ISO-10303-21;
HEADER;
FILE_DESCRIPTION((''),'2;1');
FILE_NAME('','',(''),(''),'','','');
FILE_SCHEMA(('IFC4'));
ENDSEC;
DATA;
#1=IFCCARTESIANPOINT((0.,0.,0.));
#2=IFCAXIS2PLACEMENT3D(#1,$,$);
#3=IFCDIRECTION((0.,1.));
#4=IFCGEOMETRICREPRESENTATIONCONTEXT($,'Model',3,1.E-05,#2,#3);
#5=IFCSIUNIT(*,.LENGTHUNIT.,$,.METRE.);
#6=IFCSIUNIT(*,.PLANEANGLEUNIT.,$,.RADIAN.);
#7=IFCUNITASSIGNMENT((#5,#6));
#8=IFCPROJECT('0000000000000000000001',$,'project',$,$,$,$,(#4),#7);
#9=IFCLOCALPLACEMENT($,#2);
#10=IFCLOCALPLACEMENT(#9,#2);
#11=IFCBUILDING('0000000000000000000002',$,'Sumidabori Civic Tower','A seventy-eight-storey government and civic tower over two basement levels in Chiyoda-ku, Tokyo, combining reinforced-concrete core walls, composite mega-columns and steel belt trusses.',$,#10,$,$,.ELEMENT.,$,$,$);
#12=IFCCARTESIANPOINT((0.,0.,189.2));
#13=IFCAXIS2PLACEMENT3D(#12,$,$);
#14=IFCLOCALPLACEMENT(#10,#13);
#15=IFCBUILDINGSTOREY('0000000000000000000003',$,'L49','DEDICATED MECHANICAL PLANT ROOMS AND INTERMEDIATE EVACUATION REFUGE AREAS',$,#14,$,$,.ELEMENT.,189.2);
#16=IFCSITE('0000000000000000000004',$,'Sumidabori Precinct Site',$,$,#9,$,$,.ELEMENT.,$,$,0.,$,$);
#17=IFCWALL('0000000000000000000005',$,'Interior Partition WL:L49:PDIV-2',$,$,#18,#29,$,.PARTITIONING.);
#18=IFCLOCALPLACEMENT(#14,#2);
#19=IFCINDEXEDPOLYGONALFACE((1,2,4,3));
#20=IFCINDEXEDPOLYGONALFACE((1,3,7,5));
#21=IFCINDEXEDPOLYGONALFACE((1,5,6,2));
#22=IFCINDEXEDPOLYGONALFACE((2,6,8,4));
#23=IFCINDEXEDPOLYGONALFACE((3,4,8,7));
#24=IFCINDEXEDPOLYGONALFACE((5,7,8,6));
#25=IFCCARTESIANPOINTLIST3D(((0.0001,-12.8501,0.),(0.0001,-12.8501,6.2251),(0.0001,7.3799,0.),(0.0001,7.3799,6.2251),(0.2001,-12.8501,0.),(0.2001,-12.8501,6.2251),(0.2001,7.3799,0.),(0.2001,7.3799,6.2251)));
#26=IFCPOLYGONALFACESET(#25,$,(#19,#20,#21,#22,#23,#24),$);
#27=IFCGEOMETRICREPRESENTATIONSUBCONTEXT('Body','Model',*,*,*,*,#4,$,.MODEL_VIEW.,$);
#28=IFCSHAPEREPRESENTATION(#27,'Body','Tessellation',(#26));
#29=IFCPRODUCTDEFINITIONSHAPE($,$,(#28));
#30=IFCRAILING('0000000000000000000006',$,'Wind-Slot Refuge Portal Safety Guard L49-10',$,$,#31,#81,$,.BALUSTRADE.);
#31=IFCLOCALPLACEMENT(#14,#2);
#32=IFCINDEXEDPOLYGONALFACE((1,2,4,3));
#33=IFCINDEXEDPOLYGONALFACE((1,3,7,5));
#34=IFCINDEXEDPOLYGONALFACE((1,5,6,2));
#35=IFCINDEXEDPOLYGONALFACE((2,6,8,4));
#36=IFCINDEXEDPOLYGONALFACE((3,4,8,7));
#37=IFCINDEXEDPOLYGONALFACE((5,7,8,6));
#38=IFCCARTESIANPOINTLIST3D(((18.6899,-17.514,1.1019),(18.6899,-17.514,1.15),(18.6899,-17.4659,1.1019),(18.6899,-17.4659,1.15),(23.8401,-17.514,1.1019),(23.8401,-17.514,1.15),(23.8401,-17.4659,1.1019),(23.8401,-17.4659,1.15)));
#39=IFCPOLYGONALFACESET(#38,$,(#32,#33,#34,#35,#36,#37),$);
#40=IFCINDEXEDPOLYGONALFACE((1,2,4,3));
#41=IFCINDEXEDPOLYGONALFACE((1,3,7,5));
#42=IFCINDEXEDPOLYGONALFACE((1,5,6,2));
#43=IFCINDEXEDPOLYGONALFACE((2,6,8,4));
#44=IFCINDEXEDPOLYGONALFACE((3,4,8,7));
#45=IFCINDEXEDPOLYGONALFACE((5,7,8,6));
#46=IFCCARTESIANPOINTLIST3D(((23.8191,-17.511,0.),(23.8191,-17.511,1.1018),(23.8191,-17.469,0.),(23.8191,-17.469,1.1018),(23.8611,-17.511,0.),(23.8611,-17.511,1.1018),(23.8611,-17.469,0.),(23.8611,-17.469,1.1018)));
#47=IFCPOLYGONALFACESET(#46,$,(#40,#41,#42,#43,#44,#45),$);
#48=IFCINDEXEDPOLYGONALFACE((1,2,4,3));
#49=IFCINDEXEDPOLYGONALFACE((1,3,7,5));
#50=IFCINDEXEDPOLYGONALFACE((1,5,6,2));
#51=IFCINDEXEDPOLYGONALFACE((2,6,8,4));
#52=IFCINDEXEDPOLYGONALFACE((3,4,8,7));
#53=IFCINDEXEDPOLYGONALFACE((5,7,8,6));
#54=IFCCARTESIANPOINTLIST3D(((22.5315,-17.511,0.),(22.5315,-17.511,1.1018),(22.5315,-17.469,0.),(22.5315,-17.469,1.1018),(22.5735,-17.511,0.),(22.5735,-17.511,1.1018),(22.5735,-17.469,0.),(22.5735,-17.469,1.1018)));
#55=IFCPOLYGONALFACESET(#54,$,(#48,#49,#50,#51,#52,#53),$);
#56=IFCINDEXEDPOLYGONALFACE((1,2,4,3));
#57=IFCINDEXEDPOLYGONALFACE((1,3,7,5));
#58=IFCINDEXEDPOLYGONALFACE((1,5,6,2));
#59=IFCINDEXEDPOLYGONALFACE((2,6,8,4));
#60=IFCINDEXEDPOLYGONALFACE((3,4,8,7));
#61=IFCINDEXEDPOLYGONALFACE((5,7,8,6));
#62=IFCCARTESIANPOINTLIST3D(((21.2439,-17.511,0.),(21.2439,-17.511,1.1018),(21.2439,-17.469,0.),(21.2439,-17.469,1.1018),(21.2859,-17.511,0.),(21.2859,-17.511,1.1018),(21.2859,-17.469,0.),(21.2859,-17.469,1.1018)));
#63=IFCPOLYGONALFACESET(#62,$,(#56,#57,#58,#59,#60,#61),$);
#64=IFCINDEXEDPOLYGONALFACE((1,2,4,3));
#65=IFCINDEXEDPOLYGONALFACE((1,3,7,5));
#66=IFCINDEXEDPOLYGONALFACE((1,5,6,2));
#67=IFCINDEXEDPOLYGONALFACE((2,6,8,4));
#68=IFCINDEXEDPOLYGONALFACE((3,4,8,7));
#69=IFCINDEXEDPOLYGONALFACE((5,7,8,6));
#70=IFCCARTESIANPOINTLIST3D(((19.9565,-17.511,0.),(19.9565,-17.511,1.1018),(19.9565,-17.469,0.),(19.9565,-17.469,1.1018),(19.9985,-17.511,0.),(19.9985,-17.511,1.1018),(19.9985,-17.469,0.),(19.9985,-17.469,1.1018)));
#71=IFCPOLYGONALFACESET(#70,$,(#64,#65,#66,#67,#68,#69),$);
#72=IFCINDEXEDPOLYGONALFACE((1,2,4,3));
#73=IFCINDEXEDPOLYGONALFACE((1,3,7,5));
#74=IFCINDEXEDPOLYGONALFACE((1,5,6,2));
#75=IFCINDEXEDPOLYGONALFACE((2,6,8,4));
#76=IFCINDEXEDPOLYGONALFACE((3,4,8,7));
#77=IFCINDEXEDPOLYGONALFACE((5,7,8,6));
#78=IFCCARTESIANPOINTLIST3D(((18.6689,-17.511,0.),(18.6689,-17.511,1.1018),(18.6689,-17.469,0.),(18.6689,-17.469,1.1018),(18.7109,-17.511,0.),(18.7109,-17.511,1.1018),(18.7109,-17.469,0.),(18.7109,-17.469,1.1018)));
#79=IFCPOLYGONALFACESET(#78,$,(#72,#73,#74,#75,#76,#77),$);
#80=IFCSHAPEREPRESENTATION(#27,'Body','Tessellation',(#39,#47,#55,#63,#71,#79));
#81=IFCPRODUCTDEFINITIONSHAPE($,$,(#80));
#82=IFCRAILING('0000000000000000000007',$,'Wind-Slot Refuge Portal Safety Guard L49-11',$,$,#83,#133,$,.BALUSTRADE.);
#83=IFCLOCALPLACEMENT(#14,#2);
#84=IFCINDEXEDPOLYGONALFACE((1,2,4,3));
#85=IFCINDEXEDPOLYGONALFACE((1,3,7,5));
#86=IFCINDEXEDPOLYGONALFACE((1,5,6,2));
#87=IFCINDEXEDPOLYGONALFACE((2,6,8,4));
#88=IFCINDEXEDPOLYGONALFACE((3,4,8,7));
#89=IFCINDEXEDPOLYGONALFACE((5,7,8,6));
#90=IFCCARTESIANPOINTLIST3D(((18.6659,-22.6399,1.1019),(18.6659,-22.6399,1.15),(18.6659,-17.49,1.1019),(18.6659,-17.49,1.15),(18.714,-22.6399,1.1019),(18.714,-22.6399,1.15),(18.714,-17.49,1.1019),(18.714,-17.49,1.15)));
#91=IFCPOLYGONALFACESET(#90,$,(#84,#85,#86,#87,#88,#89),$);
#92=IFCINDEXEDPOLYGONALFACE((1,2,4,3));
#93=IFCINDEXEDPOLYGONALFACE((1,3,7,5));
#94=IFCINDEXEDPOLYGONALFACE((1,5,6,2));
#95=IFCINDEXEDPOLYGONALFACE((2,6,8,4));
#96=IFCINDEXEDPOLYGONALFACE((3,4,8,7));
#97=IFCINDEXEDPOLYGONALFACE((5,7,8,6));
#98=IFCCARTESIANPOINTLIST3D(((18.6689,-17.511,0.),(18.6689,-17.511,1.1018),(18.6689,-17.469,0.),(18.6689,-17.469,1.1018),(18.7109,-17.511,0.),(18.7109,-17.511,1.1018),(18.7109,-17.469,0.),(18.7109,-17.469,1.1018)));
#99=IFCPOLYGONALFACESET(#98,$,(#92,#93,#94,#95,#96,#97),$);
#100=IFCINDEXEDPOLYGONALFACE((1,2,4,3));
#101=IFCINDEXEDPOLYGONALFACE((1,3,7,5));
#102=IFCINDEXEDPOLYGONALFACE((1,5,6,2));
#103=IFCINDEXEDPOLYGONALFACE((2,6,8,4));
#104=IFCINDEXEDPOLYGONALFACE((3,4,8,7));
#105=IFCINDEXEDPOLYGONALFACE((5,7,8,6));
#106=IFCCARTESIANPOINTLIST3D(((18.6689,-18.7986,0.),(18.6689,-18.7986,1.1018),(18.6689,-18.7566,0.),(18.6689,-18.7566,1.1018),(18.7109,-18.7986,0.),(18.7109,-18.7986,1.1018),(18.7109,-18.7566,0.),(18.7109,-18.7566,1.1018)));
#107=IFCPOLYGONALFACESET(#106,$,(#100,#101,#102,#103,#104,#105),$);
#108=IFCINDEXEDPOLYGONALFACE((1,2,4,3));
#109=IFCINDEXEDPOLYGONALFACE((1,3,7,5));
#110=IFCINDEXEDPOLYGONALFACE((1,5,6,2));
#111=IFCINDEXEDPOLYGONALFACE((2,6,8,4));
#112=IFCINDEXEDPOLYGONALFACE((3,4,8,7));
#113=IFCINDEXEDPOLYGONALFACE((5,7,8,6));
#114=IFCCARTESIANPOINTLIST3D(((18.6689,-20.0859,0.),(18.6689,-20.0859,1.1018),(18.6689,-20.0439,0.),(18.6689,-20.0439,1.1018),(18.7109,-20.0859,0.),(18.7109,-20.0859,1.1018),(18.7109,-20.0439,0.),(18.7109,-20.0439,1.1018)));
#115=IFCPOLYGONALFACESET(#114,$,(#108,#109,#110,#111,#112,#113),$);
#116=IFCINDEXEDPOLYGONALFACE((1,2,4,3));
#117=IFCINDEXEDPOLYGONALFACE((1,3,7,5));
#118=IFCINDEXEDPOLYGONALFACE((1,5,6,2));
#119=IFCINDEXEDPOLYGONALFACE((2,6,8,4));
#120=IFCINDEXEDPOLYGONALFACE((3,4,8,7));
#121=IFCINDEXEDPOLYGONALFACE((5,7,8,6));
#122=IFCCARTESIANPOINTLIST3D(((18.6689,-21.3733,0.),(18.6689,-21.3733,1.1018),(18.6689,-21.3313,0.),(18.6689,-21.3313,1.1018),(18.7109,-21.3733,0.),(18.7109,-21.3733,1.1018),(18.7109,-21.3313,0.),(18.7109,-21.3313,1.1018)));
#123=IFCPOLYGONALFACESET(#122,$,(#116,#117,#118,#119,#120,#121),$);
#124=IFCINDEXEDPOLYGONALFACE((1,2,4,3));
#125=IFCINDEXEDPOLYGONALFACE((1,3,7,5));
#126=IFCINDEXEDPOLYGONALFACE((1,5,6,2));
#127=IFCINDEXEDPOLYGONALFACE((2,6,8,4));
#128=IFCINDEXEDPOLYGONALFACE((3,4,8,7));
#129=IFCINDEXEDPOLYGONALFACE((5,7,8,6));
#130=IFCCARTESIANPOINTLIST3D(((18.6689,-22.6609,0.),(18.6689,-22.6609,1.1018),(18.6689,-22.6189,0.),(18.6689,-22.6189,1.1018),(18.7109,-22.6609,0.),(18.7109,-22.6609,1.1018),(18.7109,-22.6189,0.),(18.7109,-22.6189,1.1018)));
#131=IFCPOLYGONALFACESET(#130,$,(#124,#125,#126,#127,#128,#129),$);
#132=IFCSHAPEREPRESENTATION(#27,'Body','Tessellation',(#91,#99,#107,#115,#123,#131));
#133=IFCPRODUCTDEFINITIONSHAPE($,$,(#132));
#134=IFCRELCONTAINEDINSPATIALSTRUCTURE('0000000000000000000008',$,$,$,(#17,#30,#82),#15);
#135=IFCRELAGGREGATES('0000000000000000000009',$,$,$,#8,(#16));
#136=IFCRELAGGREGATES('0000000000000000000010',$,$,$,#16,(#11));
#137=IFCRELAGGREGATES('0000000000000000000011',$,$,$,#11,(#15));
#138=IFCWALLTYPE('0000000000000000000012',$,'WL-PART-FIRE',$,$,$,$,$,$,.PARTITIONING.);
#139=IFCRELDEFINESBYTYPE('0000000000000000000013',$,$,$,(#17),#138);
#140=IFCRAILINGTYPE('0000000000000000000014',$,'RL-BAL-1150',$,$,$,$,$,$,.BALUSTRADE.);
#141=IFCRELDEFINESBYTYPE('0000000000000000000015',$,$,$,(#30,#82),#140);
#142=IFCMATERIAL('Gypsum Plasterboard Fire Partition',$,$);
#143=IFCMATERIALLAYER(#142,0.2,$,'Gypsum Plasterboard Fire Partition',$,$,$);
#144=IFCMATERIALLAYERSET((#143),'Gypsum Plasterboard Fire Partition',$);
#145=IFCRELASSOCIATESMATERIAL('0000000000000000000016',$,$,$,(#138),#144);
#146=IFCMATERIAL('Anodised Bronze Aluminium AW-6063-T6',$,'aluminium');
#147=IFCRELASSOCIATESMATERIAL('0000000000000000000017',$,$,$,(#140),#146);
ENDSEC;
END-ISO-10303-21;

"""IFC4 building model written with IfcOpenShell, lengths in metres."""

from ifc_helpers import new_model, si_unit, direction, frame, frame_2d, origin, origin_2d, place, context, subcontext, project, spatial, rectangle, extrude, source, transform, mapped, material, layer, layer_set, type_object, element, save


model = new_model("IFC4")

# Units and contexts
model_context = context("Model", 3, precision=1e-05, world=origin(), true_north=direction((0.0, 1.0)))
body_context = subcontext(model_context, "Body", "Model", "MODEL_VIEW")
ifc_project = project(units=[si_unit("LENGTHUNIT", "METRE"), si_unit("PLANEANGLEUNIT", "RADIAN")], contexts=[model_context])

# Site, building, storey
site_placement = place(None, origin())
site = spatial("IfcSite", under=ifc_project, at=site_placement, Name="Sumidabori Precinct Site", CompositionType="ELEMENT", RefElevation=0.0)
building_placement = place(site_placement, origin())
building = spatial("IfcBuilding", under=site, at=building_placement, Name="Sumidabori Civic Tower", Description="A seventy-eight-storey government and civic tower over two basement levels in Chiyoda-ku, Tokyo, combining reinforced-concrete core walls, composite mega-columns and steel belt trusses.", CompositionType="ELEMENT")
storey_placement = place(building_placement, frame((0.0, 0.0, 189.2)))
storey = spatial("IfcBuildingStorey", under=building, at=storey_placement, Name="L49", Description="DEDICATED MECHANICAL PLANT ROOMS AND INTERMEDIATE EVACUATION REFUGE AREAS", CompositionType="ELEMENT", Elevation=189.2)

# Shared definitions
ifc_material_1 = material(Name="Gypsum Plasterboard Fire Partition")
ifc_layer_1 = layer(ifc_material_1, 0.2, Name="Gypsum Plasterboard Fire Partition")
ifc_layer_set_1 = layer_set([ifc_layer_1], Name="Gypsum Plasterboard Fire Partition")
wall_type = type_object("IfcWallType", Name="WL-PART-FIRE", PredefinedType="PARTITIONING", material=ifc_layer_set_1)

# Wall
shared_shape_1 = source(origin(), body_context, "Body", "SweptSolid", [
    extrude(rectangle(XDim=20.23, YDim=0.2, at=frame_2d((10.115, 0.0))), origin(), (0.0, 0.0, 1.0), 6.2251),
])
wall_1_placement = place(storey_placement, frame((0.1001, -12.8501, 0.0), z_axis=(0.0, 0.0, 1.0), x_axis=(0.0, 1.0, 0.0)))
element("IfcWall", 1, at=wall_1_placement, inside=storey, type_object=wall_type, Name="Interior Partition WL:L49:PDIV-2", PredefinedType="PARTITIONING", context=body_context, shape_type="MappedRepresentation", body=[
    mapped(shared_shape_1, transform((0.0, 0.0, 0.0), x_axis=(1.0, 0.0, 0.0), y_axis=(0.0, 1.0, 0.0), z_axis=(0.0, 0.0, 1.0), scale=1.0)),
])

# Railings
ifc_material_2 = material(Name="Anodised Bronze Aluminium AW-6063-T6", Category="aluminium")
railing_type = type_object("IfcRailingType", Name="RL-BAL-1150", PredefinedType="BALUSTRADE", material=ifc_material_2)
railing_1_placement = place(storey_placement, frame((23.8401, -17.49, 0.0)))
element("IfcRailing", 2, at=railing_1_placement, inside=storey, type_object=railing_type, Name="Wind-Slot Refuge Portal Safety Guard L49-10", PredefinedType="BALUSTRADE", context=body_context, shape_type="SweptSolid", body=[
    extrude(rectangle(XDim=0.0481, YDim=0.0481, at=origin_2d()), frame((0.0, 0.0, 1.126), z_axis=(-1.0, 0.0, 0.0), x_axis=(0.0, -1.0, 0.0)), (0.0, 0.0, 1.0), 5.1501),
    extrude(rectangle(XDim=0.042, YDim=0.042, at=origin_2d()), origin(), (0.0, 0.0, 1.0), 1.1018),
    extrude(rectangle(XDim=0.042, YDim=0.042, at=origin_2d()), frame((-1.2876, 0.0, 0.0)), (0.0, 0.0, 1.0), 1.1018),
    extrude(rectangle(XDim=0.042, YDim=0.042, at=origin_2d()), frame((-2.5752, 0.0, 0.0)), (0.0, 0.0, 1.0), 1.1018),
    extrude(rectangle(XDim=0.042, YDim=0.042, at=origin_2d()), frame((-3.8625, 0.0, 0.0)), (0.0, 0.0, 1.0), 1.1018),
    extrude(rectangle(XDim=0.042, YDim=0.042, at=origin_2d()), frame((-5.1501, 0.0, 0.0)), (0.0, 0.0, 1.0), 1.1018),
])
railing_2_placement = place(storey_placement, frame((18.6899, -17.49, 0.0)))
element("IfcRailing", 3, at=railing_2_placement, inside=storey, type_object=railing_type, Name="Wind-Slot Refuge Portal Safety Guard L49-11", PredefinedType="BALUSTRADE", context=body_context, shape_type="SweptSolid", body=[
    extrude(rectangle(XDim=0.0481, YDim=0.0481, at=origin_2d()), frame((0.0, 0.0, 1.126), z_axis=(0.0, -1.0, 0.0), x_axis=(1.0, 0.0, 0.0)), (0.0, 0.0, 1.0), 5.1499),
    extrude(rectangle(XDim=0.042, YDim=0.042, at=origin_2d()), origin(), (0.0, 0.0, 1.0), 1.1018),
    extrude(rectangle(XDim=0.042, YDim=0.042, at=origin_2d()), frame((0.0, -1.2876, 0.0)), (0.0, 0.0, 1.0), 1.1018),
    extrude(rectangle(XDim=0.042, YDim=0.042, at=origin_2d()), frame((0.0, -2.575, 0.0)), (0.0, 0.0, 1.0), 1.1018),
    extrude(rectangle(XDim=0.042, YDim=0.042, at=origin_2d()), frame((0.0, -3.8623, 0.0)), (0.0, 0.0, 1.0), 1.1018),
    extrude(rectangle(XDim=0.042, YDim=0.042, at=origin_2d()), frame((0.0, -5.1499, 0.0)), (0.0, 0.0, 1.0), 1.1018),
])

save(model, "model.ifc")
